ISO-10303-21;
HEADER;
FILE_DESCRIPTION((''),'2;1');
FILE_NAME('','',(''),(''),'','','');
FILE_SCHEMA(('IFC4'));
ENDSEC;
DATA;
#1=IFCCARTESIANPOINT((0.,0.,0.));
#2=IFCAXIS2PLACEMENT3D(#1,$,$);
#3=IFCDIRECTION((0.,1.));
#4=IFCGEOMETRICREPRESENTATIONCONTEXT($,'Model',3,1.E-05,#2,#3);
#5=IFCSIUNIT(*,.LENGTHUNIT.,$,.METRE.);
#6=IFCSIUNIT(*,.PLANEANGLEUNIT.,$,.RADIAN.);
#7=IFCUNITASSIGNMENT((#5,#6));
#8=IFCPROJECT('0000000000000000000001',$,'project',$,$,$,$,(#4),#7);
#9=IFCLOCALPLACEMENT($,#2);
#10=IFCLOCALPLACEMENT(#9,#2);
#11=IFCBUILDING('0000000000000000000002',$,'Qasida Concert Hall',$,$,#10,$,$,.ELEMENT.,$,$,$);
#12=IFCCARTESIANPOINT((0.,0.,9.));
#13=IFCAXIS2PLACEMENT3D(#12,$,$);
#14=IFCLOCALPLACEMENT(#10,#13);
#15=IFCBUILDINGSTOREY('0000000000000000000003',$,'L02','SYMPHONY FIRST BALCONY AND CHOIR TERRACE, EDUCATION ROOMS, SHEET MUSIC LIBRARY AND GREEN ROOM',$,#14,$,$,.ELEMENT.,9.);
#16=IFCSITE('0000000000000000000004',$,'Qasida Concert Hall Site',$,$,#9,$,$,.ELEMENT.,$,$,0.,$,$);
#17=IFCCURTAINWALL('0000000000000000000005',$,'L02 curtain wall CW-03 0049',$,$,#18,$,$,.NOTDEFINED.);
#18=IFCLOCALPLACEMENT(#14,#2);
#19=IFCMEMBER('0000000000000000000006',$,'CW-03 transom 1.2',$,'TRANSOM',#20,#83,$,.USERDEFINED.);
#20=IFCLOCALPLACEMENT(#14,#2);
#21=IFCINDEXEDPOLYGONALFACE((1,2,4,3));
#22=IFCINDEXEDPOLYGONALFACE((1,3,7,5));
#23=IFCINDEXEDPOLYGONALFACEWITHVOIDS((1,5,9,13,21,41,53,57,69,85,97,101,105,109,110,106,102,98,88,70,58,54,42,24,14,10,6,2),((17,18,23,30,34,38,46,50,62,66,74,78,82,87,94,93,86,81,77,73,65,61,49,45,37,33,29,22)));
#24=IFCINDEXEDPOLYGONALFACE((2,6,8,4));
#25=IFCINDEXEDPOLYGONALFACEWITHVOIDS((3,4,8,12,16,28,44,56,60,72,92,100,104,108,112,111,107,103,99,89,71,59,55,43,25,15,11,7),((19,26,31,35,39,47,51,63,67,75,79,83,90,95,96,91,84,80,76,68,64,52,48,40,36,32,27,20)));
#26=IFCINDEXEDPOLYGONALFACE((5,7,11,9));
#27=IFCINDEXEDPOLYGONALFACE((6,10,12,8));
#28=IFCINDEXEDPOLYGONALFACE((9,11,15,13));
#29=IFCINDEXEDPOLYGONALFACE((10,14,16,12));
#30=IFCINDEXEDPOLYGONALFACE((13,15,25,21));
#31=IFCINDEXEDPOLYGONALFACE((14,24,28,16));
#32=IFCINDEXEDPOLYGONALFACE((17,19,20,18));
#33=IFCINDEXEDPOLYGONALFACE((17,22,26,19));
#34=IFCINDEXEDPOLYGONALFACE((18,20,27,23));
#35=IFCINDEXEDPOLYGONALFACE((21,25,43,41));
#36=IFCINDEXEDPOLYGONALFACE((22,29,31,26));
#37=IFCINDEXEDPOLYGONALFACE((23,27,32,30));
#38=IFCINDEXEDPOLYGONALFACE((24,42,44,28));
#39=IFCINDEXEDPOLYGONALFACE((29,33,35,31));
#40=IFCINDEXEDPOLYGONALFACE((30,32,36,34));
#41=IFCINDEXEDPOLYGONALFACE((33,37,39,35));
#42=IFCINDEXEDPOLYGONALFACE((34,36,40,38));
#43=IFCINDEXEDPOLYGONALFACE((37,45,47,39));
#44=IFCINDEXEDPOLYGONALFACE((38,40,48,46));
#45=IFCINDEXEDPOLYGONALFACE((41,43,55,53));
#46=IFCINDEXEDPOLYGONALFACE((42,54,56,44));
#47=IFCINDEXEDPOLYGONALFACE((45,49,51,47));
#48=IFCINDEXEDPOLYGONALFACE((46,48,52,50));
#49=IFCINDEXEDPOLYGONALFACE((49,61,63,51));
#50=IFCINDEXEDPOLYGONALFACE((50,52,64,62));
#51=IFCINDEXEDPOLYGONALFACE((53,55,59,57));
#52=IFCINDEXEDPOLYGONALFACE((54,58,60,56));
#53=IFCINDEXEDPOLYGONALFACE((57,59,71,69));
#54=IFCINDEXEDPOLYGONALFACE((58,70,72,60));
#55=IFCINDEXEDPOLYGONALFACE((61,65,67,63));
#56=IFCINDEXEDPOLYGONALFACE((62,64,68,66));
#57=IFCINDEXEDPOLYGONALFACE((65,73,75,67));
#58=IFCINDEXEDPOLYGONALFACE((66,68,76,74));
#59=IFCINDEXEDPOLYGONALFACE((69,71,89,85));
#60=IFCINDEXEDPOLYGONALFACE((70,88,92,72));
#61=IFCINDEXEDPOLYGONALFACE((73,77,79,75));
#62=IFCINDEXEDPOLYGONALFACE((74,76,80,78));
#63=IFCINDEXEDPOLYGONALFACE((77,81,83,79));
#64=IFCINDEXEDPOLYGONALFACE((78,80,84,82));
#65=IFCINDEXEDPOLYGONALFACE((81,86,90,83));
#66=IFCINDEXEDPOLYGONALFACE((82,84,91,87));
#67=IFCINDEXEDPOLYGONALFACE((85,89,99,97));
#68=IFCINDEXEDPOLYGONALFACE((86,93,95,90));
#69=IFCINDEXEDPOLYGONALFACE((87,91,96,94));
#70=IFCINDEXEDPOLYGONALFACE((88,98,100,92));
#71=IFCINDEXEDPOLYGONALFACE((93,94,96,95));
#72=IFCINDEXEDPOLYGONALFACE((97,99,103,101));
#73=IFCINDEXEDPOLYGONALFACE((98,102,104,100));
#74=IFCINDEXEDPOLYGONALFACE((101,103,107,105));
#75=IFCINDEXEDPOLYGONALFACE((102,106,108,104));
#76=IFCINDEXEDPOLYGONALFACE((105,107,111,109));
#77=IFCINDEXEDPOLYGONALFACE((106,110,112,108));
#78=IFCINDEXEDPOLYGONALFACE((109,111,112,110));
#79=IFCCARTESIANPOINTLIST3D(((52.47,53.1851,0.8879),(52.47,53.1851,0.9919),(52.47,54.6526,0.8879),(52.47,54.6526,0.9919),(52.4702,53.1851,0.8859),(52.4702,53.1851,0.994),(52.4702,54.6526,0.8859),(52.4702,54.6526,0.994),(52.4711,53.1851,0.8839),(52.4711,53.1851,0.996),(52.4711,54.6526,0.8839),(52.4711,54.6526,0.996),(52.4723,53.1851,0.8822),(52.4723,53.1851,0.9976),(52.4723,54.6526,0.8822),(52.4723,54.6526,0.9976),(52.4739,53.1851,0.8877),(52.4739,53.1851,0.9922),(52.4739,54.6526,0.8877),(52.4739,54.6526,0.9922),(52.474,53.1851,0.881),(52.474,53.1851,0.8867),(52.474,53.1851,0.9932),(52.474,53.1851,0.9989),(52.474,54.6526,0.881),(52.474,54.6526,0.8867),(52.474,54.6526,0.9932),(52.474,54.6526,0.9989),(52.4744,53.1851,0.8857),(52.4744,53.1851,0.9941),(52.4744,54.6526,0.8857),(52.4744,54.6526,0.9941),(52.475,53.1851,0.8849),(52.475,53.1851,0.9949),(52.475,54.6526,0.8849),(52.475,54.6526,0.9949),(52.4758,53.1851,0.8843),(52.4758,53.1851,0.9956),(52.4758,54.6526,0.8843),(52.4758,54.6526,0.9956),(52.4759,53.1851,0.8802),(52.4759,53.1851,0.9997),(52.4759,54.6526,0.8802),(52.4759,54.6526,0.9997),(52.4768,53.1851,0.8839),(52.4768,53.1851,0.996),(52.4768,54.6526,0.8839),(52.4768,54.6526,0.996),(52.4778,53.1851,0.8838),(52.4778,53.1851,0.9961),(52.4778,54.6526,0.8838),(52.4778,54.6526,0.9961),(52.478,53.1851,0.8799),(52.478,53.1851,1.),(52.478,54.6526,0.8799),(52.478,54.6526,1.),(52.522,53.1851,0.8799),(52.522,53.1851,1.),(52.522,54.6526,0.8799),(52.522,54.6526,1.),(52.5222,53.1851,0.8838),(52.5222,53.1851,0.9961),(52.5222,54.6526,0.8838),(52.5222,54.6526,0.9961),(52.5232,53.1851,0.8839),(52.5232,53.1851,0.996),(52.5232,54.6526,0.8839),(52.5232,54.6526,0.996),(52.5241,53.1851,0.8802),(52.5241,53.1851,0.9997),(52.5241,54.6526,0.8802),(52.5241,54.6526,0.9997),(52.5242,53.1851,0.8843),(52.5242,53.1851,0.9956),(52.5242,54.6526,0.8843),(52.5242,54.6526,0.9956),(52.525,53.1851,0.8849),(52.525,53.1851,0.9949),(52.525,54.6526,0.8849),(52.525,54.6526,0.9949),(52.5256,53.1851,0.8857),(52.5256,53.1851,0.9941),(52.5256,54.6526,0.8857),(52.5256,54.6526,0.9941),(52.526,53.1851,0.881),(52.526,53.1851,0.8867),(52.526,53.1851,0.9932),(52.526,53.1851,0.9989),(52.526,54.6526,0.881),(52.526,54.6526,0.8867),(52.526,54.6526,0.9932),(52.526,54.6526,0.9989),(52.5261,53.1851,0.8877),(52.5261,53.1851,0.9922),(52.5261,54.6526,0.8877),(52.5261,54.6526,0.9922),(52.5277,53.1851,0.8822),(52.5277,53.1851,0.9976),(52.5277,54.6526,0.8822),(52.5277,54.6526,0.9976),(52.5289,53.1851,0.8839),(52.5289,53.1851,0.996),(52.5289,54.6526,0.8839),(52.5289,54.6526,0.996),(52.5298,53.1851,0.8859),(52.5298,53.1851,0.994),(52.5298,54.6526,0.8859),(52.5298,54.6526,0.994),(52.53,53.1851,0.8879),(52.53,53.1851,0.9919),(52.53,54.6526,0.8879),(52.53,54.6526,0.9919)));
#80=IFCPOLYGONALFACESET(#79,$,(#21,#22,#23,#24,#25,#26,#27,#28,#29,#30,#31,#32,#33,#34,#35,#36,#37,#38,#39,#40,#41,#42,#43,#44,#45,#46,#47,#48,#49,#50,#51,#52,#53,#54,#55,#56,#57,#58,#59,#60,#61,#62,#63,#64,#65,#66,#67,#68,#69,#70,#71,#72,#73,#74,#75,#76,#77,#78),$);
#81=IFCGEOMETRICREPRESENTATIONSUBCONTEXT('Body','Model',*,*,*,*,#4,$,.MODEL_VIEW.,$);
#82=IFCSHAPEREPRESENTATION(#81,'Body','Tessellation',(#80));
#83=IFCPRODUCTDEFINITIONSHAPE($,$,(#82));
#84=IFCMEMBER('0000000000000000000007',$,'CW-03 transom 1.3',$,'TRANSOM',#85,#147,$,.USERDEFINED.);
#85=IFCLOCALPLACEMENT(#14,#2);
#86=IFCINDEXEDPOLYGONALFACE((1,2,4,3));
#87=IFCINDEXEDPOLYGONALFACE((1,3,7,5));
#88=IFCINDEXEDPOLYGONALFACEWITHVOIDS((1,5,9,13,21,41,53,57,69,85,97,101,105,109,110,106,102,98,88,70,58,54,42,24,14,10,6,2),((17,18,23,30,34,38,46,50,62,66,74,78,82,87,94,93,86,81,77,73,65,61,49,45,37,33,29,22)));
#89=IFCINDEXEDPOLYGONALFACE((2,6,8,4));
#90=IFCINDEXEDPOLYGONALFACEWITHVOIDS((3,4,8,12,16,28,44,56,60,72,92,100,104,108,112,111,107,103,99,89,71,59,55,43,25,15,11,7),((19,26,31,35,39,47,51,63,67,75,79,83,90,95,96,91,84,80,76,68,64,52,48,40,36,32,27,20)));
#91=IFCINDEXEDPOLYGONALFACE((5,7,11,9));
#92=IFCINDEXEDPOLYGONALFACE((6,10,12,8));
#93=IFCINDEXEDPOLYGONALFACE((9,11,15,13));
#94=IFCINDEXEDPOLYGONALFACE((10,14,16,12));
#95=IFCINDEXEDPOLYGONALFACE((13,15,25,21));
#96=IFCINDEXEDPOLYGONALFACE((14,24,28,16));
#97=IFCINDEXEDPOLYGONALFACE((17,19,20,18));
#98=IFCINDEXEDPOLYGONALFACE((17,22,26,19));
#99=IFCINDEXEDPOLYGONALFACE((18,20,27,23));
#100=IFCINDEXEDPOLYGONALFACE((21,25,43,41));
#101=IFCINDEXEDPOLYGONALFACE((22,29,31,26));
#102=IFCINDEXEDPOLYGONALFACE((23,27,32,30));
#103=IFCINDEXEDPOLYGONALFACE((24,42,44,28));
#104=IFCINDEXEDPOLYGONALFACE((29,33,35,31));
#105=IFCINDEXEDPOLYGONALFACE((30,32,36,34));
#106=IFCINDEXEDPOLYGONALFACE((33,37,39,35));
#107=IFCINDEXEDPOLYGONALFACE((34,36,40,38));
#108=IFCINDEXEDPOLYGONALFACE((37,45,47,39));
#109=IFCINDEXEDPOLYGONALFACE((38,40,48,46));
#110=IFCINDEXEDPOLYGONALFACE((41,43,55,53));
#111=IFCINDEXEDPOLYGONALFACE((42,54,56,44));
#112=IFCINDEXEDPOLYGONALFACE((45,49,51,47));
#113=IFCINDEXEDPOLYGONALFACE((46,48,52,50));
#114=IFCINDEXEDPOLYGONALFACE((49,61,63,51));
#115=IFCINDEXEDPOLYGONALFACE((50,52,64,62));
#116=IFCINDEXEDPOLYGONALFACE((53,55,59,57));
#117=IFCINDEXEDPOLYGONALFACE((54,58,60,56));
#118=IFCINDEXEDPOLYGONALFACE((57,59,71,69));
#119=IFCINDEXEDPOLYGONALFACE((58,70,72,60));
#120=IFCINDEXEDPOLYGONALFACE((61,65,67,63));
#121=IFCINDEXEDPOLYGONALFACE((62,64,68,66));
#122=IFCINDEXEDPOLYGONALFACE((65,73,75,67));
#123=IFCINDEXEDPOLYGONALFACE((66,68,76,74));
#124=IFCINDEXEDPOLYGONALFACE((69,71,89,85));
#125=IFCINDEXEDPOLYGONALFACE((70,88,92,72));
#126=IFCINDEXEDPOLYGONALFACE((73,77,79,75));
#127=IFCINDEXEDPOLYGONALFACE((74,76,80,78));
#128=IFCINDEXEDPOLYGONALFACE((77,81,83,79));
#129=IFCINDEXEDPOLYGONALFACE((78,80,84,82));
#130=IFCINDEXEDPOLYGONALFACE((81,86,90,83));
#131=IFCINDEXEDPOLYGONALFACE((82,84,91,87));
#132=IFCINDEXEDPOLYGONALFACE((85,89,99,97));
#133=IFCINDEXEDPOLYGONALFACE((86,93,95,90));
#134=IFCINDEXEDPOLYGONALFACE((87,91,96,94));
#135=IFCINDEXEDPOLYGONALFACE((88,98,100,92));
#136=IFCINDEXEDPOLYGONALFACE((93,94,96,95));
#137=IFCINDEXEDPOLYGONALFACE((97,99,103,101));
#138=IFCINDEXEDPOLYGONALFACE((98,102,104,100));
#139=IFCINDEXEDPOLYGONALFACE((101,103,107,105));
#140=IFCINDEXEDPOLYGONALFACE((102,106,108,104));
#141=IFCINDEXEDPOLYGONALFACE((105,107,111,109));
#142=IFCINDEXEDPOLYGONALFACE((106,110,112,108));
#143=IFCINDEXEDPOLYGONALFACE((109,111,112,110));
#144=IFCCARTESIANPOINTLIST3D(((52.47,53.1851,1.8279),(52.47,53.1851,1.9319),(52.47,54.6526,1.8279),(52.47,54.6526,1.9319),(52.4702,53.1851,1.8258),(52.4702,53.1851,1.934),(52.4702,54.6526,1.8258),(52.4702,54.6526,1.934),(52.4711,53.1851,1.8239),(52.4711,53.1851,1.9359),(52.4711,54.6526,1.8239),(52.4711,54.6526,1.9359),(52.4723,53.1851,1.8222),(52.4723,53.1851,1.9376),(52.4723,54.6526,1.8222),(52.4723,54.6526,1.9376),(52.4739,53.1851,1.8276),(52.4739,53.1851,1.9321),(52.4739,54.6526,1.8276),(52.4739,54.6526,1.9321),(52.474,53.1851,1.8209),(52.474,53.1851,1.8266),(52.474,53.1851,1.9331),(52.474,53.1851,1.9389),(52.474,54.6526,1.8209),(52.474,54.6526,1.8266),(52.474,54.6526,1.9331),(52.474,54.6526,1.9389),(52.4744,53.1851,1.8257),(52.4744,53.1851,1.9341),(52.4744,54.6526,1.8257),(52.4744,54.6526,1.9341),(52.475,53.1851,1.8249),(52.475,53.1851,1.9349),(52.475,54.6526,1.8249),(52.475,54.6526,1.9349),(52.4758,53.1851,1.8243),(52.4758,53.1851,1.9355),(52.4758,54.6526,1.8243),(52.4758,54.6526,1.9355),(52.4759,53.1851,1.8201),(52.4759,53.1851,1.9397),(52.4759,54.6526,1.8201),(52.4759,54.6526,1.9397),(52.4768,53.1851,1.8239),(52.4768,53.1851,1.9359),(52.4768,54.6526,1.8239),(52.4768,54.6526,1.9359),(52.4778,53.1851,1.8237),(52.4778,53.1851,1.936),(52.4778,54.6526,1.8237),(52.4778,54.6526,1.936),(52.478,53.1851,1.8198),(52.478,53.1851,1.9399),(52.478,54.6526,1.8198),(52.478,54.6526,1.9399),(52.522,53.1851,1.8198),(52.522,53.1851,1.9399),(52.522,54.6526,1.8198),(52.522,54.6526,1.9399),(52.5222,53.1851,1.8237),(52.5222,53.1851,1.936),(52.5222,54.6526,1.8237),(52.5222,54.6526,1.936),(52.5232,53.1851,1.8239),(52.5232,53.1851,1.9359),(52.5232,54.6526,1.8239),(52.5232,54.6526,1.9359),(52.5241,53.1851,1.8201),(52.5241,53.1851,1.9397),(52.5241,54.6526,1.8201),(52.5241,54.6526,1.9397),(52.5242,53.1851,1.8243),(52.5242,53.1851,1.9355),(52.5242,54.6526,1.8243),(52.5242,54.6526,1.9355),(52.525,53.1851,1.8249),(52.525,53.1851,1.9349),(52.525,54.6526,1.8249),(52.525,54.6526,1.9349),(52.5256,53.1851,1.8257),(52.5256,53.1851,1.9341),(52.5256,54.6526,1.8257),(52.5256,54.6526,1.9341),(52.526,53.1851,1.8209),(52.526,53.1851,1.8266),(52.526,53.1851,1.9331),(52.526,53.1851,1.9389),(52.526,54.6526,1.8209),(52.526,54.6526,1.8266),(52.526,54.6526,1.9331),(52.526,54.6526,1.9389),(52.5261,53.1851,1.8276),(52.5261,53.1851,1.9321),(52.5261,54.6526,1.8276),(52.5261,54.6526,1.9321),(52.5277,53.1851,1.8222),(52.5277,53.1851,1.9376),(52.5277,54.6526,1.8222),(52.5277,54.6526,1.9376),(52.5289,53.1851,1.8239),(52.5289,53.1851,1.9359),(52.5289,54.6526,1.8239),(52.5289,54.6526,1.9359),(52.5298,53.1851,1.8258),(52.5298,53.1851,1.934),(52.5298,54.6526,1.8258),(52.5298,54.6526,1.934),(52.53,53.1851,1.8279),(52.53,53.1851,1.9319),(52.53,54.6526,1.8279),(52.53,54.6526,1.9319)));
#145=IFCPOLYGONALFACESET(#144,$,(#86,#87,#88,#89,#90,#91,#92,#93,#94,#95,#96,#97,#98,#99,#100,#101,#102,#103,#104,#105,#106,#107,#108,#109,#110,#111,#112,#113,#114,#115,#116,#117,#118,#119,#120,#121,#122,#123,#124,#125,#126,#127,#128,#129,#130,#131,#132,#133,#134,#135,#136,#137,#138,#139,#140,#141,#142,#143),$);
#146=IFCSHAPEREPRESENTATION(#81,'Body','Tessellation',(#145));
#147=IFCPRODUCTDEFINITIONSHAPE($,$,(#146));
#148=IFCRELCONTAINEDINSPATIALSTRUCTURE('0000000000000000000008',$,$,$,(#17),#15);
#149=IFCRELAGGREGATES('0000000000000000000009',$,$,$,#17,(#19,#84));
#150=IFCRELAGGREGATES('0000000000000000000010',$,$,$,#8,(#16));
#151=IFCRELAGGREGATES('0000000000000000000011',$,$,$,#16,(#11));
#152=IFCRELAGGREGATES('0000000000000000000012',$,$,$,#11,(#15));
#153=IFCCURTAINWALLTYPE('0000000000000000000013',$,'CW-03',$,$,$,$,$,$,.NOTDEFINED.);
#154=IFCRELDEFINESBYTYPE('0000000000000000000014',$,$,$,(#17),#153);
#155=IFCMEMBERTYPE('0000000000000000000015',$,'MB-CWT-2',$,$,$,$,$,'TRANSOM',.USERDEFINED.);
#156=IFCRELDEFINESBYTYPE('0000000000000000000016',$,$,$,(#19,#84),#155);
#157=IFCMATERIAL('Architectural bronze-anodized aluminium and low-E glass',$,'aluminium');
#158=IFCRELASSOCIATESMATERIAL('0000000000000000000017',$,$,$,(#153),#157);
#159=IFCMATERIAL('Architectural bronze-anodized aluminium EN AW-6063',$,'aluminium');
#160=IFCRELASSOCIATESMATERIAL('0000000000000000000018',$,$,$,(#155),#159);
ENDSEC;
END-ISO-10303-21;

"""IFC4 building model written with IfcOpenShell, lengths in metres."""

from ifc_helpers import new_model, si_unit, direction, frame, origin, origin_2d, place, context, subcontext, project, spatial, hollow_rectangle, extrude, material, material_profile, profile_set, type_object, element, aggregate, save


model = new_model("IFC4")

# Units and contexts
model_context = context("Model", 3, precision=1e-05, world=origin(), true_north=direction((0.0, 1.0)))
body_context = subcontext(model_context, "Body", "Model", "MODEL_VIEW")
ifc_project = project(units=[si_unit("LENGTHUNIT", "METRE"), si_unit("PLANEANGLEUNIT", "RADIAN")], contexts=[model_context])

# Site, building, storey
site_placement = place(None, origin())
site = spatial("IfcSite", under=ifc_project, at=site_placement, Name="Qasida Concert Hall Site", CompositionType="ELEMENT", RefElevation=0.0)
building_placement = place(site_placement, origin())
building = spatial("IfcBuilding", under=site, at=building_placement, Name="Qasida Concert Hall", CompositionType="ELEMENT")
storey_placement = place(building_placement, frame((0.0, 0.0, 9.0)))
storey = spatial("IfcBuildingStorey", under=building, at=storey_placement, Name="L02", Description="SYMPHONY FIRST BALCONY AND CHOIR TERRACE, EDUCATION ROOMS, SHEET MUSIC LIBRARY AND GREEN ROOM", CompositionType="ELEMENT", Elevation=9.0)

# Curtain wall, members
ifc_material_1 = material(Name="Architectural bronze-anodized aluminium and low-E glass", Category="aluminium")
curtain_wall_type = type_object("IfcCurtainWallType", Name="CW-03", PredefinedType="NOTDEFINED", material=ifc_material_1)
curtain_wall_placement = place(storey_placement, origin())
curtain_wall = element("IfcCurtainWall", 1, at=curtain_wall_placement, inside=storey, type_object=curtain_wall_type, Name="L02 curtain wall CW-03 0049", PredefinedType="NOTDEFINED")
ifc_material_2 = material(Name="Architectural bronze-anodized aluminium EN AW-6063", Category="aluminium")
ifc_material_profile_1 = material_profile(ifc_material_2, hollow_rectangle(XDim=0.0601, YDim=0.1201, WallThickness=0.0039, InnerFilletRadius=0.0039, OuterFilletRadius=0.0081, at=origin_2d()), Name="CWT 120x60x4")
ifc_profile_set_1 = profile_set([ifc_material_profile_1], Name="Architectural bronze-anodized aluminium EN AW-6063")
member_type = type_object("IfcMemberType", Name="MB-CWT-2", ElementType="TRANSOM", PredefinedType="USERDEFINED", material=ifc_profile_set_1)
member_1_placement = place(storey_placement, frame((52.5, 53.1851, 0.9399), z_axis=(0.0, 1.0, 0.0), x_axis=(-1.0, 0.0, 0.0)))
member_1 = element("IfcMember", 2, at=member_1_placement, type_object=member_type, Name="CW-03 transom 1.2", ObjectType="TRANSOM", PredefinedType="USERDEFINED", context=body_context, shape_type="SweptSolid", body=[
    extrude(hollow_rectangle(XDim=0.0601, YDim=0.1201, WallThickness=0.0039, InnerFilletRadius=0.0039, OuterFilletRadius=0.0081, at=origin_2d()), origin(), (0.0, 0.0, 1.0), 1.4675),
])
member_2_placement = place(storey_placement, frame((52.5, 53.1851, 1.8799), z_axis=(0.0, 1.0, 0.0), x_axis=(-1.0, 0.0, 0.0)))
member_2 = element("IfcMember", 3, at=member_2_placement, type_object=member_type, Name="CW-03 transom 1.3", ObjectType="TRANSOM", PredefinedType="USERDEFINED", context=body_context, shape_type="SweptSolid", body=[
    extrude(hollow_rectangle(XDim=0.0601, YDim=0.1201, WallThickness=0.0039, InnerFilletRadius=0.0039, OuterFilletRadius=0.0081, at=origin_2d()), origin(), (0.0, 0.0, 1.0), 1.4675),
])
aggregate(curtain_wall, [member_1, member_2])

save(model, "model.ifc")
